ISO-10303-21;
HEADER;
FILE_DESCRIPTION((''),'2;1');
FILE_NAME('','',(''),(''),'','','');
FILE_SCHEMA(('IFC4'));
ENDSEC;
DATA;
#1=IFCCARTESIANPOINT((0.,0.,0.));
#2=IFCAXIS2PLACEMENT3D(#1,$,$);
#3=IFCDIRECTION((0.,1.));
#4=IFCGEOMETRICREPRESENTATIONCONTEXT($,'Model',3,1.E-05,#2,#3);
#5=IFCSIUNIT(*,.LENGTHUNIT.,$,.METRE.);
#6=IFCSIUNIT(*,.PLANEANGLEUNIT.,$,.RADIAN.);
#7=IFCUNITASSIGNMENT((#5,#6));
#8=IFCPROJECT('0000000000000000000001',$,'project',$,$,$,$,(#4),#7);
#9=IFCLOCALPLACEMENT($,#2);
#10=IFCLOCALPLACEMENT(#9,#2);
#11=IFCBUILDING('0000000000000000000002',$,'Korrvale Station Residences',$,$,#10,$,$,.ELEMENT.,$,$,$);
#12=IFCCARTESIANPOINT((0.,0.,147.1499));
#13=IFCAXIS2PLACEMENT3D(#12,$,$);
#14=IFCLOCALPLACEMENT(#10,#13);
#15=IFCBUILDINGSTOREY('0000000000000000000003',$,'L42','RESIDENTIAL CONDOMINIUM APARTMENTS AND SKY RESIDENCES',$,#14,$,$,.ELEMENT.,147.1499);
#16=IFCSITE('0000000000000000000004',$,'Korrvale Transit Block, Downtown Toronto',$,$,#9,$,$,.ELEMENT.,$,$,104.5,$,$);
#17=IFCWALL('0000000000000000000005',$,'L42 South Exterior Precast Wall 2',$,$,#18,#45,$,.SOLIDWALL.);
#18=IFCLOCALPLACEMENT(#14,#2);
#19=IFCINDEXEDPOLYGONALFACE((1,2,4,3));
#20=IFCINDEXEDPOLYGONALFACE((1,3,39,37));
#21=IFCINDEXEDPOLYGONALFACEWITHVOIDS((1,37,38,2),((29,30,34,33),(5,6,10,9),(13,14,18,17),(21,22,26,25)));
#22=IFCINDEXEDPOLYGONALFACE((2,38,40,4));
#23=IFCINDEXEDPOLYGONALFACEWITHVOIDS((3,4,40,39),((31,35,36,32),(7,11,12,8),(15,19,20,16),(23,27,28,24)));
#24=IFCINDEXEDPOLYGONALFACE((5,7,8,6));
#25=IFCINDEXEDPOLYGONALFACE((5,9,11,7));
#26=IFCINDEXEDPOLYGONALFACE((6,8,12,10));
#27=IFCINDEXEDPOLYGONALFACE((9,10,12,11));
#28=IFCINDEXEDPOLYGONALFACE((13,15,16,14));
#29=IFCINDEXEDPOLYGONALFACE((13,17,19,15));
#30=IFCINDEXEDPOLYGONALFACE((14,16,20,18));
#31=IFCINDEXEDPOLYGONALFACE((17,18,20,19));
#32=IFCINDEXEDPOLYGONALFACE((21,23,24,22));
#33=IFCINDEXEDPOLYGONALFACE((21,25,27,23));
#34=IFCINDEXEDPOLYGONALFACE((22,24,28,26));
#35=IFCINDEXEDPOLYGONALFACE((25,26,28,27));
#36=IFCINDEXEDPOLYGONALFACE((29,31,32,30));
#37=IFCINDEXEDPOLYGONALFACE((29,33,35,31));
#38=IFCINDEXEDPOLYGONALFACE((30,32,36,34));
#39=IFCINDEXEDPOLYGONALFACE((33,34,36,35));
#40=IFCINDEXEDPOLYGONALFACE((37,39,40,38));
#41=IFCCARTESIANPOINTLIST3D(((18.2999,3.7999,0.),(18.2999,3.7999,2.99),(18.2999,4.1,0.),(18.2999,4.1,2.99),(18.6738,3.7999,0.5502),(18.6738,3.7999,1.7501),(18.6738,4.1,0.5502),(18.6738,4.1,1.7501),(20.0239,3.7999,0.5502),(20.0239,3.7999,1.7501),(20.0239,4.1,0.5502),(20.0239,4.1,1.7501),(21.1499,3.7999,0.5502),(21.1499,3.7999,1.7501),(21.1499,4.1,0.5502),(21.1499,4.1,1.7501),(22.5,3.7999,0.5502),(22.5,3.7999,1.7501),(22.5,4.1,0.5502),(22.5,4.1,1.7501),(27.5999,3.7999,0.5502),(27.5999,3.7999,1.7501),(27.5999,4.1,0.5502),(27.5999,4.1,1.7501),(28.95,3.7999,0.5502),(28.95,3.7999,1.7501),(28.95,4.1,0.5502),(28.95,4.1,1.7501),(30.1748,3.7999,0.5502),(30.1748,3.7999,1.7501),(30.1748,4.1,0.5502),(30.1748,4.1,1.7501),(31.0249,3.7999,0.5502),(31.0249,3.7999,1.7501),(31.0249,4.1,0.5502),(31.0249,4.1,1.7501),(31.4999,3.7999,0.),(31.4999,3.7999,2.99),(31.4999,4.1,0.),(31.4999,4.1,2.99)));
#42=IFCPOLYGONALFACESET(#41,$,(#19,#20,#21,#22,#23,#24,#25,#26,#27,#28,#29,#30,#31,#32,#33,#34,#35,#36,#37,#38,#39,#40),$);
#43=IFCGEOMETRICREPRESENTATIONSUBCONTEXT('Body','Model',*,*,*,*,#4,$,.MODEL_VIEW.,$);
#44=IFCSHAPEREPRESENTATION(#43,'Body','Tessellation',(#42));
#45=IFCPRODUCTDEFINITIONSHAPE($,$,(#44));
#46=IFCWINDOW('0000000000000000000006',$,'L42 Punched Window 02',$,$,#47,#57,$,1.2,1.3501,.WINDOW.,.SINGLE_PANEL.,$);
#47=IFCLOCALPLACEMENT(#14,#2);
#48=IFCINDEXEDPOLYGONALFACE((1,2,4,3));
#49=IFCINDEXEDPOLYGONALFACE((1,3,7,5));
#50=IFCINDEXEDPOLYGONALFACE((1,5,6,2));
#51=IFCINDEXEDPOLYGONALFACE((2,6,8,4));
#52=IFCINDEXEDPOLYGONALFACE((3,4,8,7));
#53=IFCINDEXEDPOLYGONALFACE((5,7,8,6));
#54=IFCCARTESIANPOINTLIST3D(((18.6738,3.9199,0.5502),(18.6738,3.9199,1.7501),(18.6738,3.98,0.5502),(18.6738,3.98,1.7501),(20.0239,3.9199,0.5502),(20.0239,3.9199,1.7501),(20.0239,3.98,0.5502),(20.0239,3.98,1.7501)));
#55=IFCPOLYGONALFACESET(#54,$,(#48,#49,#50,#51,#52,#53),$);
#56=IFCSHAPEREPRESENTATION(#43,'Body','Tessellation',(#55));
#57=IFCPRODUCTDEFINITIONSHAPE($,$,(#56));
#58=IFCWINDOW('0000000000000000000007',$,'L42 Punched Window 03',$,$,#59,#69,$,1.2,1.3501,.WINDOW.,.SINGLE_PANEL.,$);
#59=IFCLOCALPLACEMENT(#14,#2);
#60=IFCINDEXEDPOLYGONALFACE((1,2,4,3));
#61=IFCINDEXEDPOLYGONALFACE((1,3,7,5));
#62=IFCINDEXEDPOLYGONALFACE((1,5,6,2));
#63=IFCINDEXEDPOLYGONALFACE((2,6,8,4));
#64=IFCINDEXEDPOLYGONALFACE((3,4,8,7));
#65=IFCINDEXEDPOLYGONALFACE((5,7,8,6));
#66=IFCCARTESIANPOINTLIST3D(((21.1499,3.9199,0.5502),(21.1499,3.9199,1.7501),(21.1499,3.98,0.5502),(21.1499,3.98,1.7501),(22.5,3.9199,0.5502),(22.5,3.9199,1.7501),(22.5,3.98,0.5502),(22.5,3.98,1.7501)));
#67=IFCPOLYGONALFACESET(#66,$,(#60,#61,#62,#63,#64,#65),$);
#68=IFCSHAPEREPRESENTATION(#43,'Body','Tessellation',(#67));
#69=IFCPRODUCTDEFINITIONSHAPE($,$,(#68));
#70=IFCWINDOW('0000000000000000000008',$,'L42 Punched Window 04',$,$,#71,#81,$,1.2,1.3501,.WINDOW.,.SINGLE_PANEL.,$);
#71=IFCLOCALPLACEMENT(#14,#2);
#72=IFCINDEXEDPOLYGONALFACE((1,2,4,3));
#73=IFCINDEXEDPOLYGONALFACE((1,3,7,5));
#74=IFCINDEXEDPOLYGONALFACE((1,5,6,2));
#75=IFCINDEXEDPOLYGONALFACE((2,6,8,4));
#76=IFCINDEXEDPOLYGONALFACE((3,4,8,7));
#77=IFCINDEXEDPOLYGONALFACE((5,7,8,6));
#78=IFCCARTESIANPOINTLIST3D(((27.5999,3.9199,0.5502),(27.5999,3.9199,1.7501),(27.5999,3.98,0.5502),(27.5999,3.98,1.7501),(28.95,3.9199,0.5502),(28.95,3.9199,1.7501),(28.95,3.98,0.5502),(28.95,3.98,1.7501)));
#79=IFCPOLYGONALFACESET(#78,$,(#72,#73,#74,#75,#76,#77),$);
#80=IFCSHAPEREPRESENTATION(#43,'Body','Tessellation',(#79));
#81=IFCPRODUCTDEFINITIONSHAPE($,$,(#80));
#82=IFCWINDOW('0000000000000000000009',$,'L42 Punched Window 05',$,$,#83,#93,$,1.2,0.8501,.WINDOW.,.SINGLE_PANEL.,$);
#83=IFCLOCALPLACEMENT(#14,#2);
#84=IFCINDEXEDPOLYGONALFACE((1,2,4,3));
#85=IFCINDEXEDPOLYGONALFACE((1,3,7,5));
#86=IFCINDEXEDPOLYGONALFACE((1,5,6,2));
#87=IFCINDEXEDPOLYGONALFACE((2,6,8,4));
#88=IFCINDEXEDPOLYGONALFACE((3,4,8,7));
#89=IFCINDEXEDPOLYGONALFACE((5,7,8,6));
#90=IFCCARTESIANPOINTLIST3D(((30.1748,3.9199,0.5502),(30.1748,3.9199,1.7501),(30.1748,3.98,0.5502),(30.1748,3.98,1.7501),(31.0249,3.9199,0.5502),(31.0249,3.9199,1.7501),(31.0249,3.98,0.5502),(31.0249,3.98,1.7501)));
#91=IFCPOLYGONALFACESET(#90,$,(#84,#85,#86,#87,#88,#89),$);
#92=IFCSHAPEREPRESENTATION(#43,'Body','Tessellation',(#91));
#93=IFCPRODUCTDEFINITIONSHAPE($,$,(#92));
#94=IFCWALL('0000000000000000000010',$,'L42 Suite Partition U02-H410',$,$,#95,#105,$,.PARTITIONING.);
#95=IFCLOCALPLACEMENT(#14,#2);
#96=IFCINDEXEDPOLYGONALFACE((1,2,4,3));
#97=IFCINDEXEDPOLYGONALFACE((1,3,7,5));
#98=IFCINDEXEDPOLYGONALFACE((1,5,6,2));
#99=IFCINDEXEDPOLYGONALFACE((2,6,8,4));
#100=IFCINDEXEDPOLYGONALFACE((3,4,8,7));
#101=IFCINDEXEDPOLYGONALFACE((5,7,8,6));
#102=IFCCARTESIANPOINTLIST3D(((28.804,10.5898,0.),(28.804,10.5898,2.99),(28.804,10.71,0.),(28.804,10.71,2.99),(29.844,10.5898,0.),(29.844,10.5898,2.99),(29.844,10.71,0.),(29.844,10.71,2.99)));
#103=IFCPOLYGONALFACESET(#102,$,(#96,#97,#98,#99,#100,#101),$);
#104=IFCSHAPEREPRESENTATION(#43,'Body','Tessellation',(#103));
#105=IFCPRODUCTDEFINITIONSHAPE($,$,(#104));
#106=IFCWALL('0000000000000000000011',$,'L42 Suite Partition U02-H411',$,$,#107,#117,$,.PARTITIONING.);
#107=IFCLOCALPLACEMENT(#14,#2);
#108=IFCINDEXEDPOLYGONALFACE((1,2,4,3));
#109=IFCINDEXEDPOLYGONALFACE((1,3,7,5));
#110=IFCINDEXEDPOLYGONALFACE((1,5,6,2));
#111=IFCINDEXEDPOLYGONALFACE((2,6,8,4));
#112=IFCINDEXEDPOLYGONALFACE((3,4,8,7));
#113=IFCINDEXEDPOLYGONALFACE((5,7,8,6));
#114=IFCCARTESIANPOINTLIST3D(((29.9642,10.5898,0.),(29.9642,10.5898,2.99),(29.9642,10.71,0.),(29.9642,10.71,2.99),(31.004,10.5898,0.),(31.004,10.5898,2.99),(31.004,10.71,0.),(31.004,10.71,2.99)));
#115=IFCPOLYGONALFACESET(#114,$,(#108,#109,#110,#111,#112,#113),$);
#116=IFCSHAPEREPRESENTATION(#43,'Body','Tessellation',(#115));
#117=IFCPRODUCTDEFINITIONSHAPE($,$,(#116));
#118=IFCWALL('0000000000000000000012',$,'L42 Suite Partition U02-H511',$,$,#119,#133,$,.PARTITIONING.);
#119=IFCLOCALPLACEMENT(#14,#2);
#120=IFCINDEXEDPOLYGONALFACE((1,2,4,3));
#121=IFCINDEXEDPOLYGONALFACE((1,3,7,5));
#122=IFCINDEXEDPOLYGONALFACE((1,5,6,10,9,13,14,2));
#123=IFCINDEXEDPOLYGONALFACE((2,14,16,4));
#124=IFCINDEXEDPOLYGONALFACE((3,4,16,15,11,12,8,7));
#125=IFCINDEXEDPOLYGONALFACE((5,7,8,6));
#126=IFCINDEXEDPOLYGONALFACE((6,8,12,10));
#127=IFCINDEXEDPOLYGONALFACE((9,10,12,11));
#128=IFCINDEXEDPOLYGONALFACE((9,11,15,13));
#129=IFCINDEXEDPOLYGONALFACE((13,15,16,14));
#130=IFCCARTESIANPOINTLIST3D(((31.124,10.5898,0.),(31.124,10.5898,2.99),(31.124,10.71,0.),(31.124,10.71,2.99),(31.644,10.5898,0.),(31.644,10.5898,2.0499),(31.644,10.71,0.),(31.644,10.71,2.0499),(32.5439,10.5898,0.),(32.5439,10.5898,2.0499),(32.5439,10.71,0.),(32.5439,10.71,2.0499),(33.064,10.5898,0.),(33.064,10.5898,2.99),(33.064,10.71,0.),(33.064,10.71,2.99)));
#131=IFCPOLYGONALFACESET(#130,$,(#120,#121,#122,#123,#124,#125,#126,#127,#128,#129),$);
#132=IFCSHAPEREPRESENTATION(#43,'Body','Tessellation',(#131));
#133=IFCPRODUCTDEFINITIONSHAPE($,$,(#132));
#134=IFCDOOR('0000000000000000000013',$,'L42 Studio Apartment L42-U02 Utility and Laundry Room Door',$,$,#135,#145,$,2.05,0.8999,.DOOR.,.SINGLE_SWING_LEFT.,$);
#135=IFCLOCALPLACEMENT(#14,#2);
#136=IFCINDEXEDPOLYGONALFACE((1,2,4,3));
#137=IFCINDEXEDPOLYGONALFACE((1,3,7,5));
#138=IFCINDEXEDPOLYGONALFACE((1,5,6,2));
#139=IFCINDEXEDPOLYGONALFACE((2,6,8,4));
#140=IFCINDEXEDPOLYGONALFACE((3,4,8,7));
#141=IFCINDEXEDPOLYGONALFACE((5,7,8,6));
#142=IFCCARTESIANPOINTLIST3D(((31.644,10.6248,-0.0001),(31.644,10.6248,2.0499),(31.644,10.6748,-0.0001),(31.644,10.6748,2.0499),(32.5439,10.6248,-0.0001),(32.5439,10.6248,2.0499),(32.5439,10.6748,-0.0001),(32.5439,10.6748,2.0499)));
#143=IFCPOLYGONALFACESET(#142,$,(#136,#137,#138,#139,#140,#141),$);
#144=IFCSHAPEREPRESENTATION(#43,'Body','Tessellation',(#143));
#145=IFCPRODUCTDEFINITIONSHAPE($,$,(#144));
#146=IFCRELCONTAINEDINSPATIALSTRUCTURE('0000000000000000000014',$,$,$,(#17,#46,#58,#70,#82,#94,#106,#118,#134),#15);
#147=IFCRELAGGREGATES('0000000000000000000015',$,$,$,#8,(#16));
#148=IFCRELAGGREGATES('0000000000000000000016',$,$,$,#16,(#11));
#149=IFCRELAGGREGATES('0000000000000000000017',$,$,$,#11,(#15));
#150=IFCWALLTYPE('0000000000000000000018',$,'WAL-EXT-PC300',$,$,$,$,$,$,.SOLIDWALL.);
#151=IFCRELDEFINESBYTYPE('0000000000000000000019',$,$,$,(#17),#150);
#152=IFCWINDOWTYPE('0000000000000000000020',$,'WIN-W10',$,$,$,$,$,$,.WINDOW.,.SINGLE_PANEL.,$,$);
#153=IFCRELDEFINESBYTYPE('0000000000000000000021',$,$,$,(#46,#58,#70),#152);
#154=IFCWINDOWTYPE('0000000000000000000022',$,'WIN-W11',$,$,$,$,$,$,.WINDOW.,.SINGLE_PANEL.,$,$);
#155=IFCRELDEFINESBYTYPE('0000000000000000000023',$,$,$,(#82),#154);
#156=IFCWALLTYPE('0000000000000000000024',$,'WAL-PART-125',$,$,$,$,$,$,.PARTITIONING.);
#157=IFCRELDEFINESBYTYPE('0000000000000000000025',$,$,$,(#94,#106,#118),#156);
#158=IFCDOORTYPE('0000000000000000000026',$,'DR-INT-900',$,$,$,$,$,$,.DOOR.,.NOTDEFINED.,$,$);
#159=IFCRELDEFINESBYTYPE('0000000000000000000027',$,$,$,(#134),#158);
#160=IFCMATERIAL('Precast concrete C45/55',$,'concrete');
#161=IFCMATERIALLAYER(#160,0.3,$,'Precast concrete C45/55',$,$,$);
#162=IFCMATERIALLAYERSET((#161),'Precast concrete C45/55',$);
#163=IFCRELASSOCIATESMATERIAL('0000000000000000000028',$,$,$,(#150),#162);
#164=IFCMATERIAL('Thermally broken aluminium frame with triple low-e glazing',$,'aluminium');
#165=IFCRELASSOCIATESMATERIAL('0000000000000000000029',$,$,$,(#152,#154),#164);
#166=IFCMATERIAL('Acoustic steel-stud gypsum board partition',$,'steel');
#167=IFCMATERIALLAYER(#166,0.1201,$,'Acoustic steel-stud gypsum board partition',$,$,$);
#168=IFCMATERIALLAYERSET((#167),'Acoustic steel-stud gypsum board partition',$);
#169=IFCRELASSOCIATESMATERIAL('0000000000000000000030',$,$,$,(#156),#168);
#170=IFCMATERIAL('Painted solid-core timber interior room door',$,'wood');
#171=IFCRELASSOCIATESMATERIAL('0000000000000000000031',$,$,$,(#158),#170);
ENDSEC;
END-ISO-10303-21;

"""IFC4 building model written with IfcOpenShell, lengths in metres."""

from ifc_helpers import new_model, si_unit, direction, frame, frame_2d, origin, place, context, subcontext, project, spatial, rectangle, extrude, material, layer, layer_set, type_object, element, fill, save


model = new_model("IFC4")

# Units and contexts
model_context = context("Model", 3, precision=1e-05, world=origin(), true_north=direction((0.0, 1.0)))
body_context = subcontext(model_context, "Body", "Model", "MODEL_VIEW")
ifc_project = project(units=[si_unit("LENGTHUNIT", "METRE"), si_unit("PLANEANGLEUNIT", "RADIAN")], contexts=[model_context])

# Site, building, storey
site_placement = place(None, origin())
site = spatial("IfcSite", under=ifc_project, at=site_placement, Name="Korrvale Transit Block, Downtown Toronto", CompositionType="ELEMENT", RefElevation=104.5)
building_placement = place(site_placement, origin())
building = spatial("IfcBuilding", under=site, at=building_placement, Name="Korrvale Station Residences", CompositionType="ELEMENT")
storey_placement = place(building_placement, frame((0.0, 0.0, 147.1499)))
storey = spatial("IfcBuildingStorey", under=building, at=storey_placement, Name="L42", Description="RESIDENTIAL CONDOMINIUM APARTMENTS AND SKY RESIDENCES", CompositionType="ELEMENT", Elevation=147.1499)

# Shared definitions
ifc_material_1 = material(Name="Precast concrete C45/55", Category="concrete")

# Wall, openings, windows
ifc_layer_1 = layer(ifc_material_1, 0.3, Name="Precast concrete C45/55")
ifc_layer_set_1 = layer_set([ifc_layer_1], Name="Precast concrete C45/55")
wall_type_1 = type_object("IfcWallType", Name="WAL-EXT-PC300", PredefinedType="SOLIDWALL", material=ifc_layer_set_1)
wall_1_placement = place(storey_placement, frame((31.5, 3.95, 0.0), z_axis=(0.0, 0.0, 1.0), x_axis=(-1.0, 0.0, 0.0)))
wall_1 = element("IfcWall", 1, at=wall_1_placement, inside=storey, type_object=wall_type_1, Name="L42 South Exterior Precast Wall 2", PredefinedType="SOLIDWALL", context=body_context, shape_type="SweptSolid", body=[
    extrude(rectangle(XDim=13.2, YDim=0.3, at=frame_2d((6.6001, 0.0))), origin(), (0.0, 0.0, 1.0), 2.99),
])
opening_1_placement = place(wall_1_placement, frame((11.4761, 0.0, 0.55)))
opening_1 = element("IfcOpeningElement", 2, at=opening_1_placement, cuts=wall_1, PredefinedType="OPENING", context=body_context, shape_type="SweptSolid", body=[
    extrude(rectangle(XDim=1.3501, YDim=1.2, at=frame_2d((0.675, 0.6001))), frame((0.0, 0.1602, 0.0), z_axis=(0.0, -1.0, 0.0), x_axis=(1.0, 0.0, 0.0)), (0.0, 0.0, 1.0), 0.3201),
])
opening_2_placement = place(wall_1_placement, frame((9.0, 0.0, 0.55)))
opening_2 = element("IfcOpeningElement", 3, at=opening_2_placement, cuts=wall_1, PredefinedType="OPENING", context=body_context, shape_type="SweptSolid", body=[
    extrude(rectangle(XDim=1.3501, YDim=1.2, at=frame_2d((0.675, 0.6001))), frame((0.0, 0.1602, 0.0), z_axis=(0.0, -1.0, 0.0), x_axis=(1.0, 0.0, 0.0)), (0.0, 0.0, 1.0), 0.3201),
])
opening_3_placement = place(wall_1_placement, frame((2.55, 0.0, 0.55)))
opening_3 = element("IfcOpeningElement", 4, at=opening_3_placement, cuts=wall_1, PredefinedType="OPENING", context=body_context, shape_type="SweptSolid", body=[
    extrude(rectangle(XDim=1.3501, YDim=1.2, at=frame_2d((0.675, 0.6001))), frame((0.0, 0.1602, 0.0), z_axis=(0.0, -1.0, 0.0), x_axis=(1.0, 0.0, 0.0)), (0.0, 0.0, 1.0), 0.3201),
])
opening_4_placement = place(wall_1_placement, frame((0.4751, 0.0, 0.55)))
opening_4 = element("IfcOpeningElement", 5, at=opening_4_placement, cuts=wall_1, PredefinedType="OPENING", context=body_context, shape_type="SweptSolid", body=[
    extrude(rectangle(XDim=0.8501, YDim=1.2, at=frame_2d((0.425, 0.6001))), frame((0.0, 0.1602, 0.0), z_axis=(0.0, -1.0, 0.0), x_axis=(1.0, 0.0, 0.0)), (0.0, 0.0, 1.0), 0.3201),
])
ifc_material_2 = material(Name="Thermally broken aluminium frame with triple low-e glazing", Category="aluminium")
window_type_1 = type_object("IfcWindowType", Name="WIN-W10", PartitioningType="SINGLE_PANEL", PredefinedType="WINDOW", material=ifc_material_2)
window_1_placement = place(opening_1_placement, origin())
window_1 = element("IfcWindow", 6, at=window_1_placement, inside=storey, type_object=window_type_1, Name="L42 Punched Window 02", OverallHeight=1.2, OverallWidth=1.3501, PartitioningType="SINGLE_PANEL", PredefinedType="WINDOW", context=body_context, shape_type="SweptSolid", body=[
    extrude(rectangle(XDim=1.3501, YDim=1.2, at=frame_2d((0.675, 0.6001))), frame((0.0, 0.03, 0.0), z_axis=(0.0, -1.0, 0.0), x_axis=(1.0, 0.0, 0.0)), (0.0, 0.0, 1.0), 0.0601),
])
fill(opening_1, window_1)
window_2_placement = place(opening_2_placement, origin())
window_2 = element("IfcWindow", 7, at=window_2_placement, inside=storey, type_object=window_type_1, Name="L42 Punched Window 03", OverallHeight=1.2, OverallWidth=1.3501, PartitioningType="SINGLE_PANEL", PredefinedType="WINDOW", context=body_context, shape_type="SweptSolid", body=[
    extrude(rectangle(XDim=1.3501, YDim=1.2, at=frame_2d((0.675, 0.6001))), frame((0.0, 0.03, 0.0), z_axis=(0.0, -1.0, 0.0), x_axis=(1.0, 0.0, 0.0)), (0.0, 0.0, 1.0), 0.0601),
])
fill(opening_2, window_2)
window_3_placement = place(opening_3_placement, origin())
window_3 = element("IfcWindow", 8, at=window_3_placement, inside=storey, type_object=window_type_1, Name="L42 Punched Window 04", OverallHeight=1.2, OverallWidth=1.3501, PartitioningType="SINGLE_PANEL", PredefinedType="WINDOW", context=body_context, shape_type="SweptSolid", body=[
    extrude(rectangle(XDim=1.3501, YDim=1.2, at=frame_2d((0.675, 0.6001))), frame((0.0, 0.03, 0.0), z_axis=(0.0, -1.0, 0.0), x_axis=(1.0, 0.0, 0.0)), (0.0, 0.0, 1.0), 0.0601),
])
fill(opening_3, window_3)
window_type_2 = type_object("IfcWindowType", Name="WIN-W11", PartitioningType="SINGLE_PANEL", PredefinedType="WINDOW", material=ifc_material_2)
window_4_placement = place(opening_4_placement, origin())
window_4 = element("IfcWindow", 9, at=window_4_placement, inside=storey, type_object=window_type_2, Name="L42 Punched Window 05", OverallHeight=1.2, OverallWidth=0.8501, PartitioningType="SINGLE_PANEL", PredefinedType="WINDOW", context=body_context, shape_type="SweptSolid", body=[
    extrude(rectangle(XDim=0.8501, YDim=1.2, at=frame_2d((0.425, 0.6001))), frame((0.0, 0.03, 0.0), z_axis=(0.0, -1.0, 0.0), x_axis=(1.0, 0.0, 0.0)), (0.0, 0.0, 1.0), 0.0601),
])
fill(opening_4, window_4)

# Walls
ifc_material_3 = material(Name="Acoustic steel-stud gypsum board partition", Category="steel")
ifc_layer_2 = layer(ifc_material_3, 0.1201, Name="Acoustic steel-stud gypsum board partition")
ifc_layer_set_2 = layer_set([ifc_layer_2], Name="Acoustic steel-stud gypsum board partition")
wall_type_2 = type_object("IfcWallType", Name="WAL-PART-125", PredefinedType="PARTITIONING", material=ifc_layer_set_2)
wall_2_placement = place(storey_placement, frame((28.804, 10.6499, 0.0), z_axis=(0.0, 0.0, 1.0), x_axis=(1.0, 0.0, 0.0)))
element("IfcWall", 10, at=wall_2_placement, inside=storey, type_object=wall_type_2, Name="L42 Suite Partition U02-H410", PredefinedType="PARTITIONING", context=body_context, shape_type="SweptSolid", body=[
    extrude(rectangle(XDim=1.04, YDim=0.1201, at=frame_2d((0.52, 0.0))), origin(), (0.0, 0.0, 1.0), 2.99),
])
wall_3_placement = place(storey_placement, frame((29.9641, 10.6499, 0.0), z_axis=(0.0, 0.0, 1.0), x_axis=(1.0, 0.0, 0.0)))
element("IfcWall", 11, at=wall_3_placement, inside=storey, type_object=wall_type_2, Name="L42 Suite Partition U02-H411", PredefinedType="PARTITIONING", context=body_context, shape_type="SweptSolid", body=[
    extrude(rectangle(XDim=1.0398, YDim=0.1201, at=frame_2d((0.52, 0.0))), origin(), (0.0, 0.0, 1.0), 2.99),
])

# Wall, opening, door
wall_4_placement = place(storey_placement, frame((31.124, 10.6499, 0.0), z_axis=(0.0, 0.0, 1.0), x_axis=(1.0, 0.0, 0.0)))
wall_4 = element("IfcWall", 12, at=wall_4_placement, inside=storey, type_object=wall_type_2, Name="L42 Suite Partition U02-H511", PredefinedType="PARTITIONING", context=body_context, shape_type="SweptSolid", body=[
    extrude(rectangle(XDim=1.9399, YDim=0.1201, at=frame_2d((0.97, 0.0))), origin(), (0.0, 0.0, 1.0), 2.99),
])
opening_5_placement = place(wall_4_placement, frame((0.52, 0.0, 0.0)))
opening_5 = element("IfcOpeningElement", 13, at=opening_5_placement, cuts=wall_4, PredefinedType="OPENING", context=body_context, shape_type="SweptSolid", body=[
    extrude(rectangle(XDim=0.8999, YDim=2.05, at=frame_2d((0.45, 1.0249))), frame((0.0, 0.0701, 0.0), z_axis=(0.0, -1.0, 0.0), x_axis=(1.0, 0.0, 0.0)), (0.0, 0.0, 1.0), 0.1401),
])
ifc_material_4 = material(Name="Painted solid-core timber interior room door", Category="wood")
door_type = type_object("IfcDoorType", Name="DR-INT-900", OperationType="NOTDEFINED", PredefinedType="DOOR", material=ifc_material_4)
door_1_placement = place(opening_5_placement, origin())
door_1 = element("IfcDoor", 14, at=door_1_placement, inside=storey, type_object=door_type, Name="L42 Studio Apartment L42-U02 Utility and Laundry Room Door", OperationType="SINGLE_SWING_LEFT", OverallHeight=2.05, OverallWidth=0.8999, PredefinedType="DOOR", context=body_context, shape_type="SweptSolid", body=[
    extrude(rectangle(XDim=0.8999, YDim=2.05, at=frame_2d((0.45, 1.0249))), frame((0.0, 0.0249, 0.0), z_axis=(0.0, -1.0, 0.0), x_axis=(1.0, 0.0, 0.0)), (0.0, 0.0, 1.0), 0.05),
])
fill(opening_5, door_1)

save(model, "model.ifc")
